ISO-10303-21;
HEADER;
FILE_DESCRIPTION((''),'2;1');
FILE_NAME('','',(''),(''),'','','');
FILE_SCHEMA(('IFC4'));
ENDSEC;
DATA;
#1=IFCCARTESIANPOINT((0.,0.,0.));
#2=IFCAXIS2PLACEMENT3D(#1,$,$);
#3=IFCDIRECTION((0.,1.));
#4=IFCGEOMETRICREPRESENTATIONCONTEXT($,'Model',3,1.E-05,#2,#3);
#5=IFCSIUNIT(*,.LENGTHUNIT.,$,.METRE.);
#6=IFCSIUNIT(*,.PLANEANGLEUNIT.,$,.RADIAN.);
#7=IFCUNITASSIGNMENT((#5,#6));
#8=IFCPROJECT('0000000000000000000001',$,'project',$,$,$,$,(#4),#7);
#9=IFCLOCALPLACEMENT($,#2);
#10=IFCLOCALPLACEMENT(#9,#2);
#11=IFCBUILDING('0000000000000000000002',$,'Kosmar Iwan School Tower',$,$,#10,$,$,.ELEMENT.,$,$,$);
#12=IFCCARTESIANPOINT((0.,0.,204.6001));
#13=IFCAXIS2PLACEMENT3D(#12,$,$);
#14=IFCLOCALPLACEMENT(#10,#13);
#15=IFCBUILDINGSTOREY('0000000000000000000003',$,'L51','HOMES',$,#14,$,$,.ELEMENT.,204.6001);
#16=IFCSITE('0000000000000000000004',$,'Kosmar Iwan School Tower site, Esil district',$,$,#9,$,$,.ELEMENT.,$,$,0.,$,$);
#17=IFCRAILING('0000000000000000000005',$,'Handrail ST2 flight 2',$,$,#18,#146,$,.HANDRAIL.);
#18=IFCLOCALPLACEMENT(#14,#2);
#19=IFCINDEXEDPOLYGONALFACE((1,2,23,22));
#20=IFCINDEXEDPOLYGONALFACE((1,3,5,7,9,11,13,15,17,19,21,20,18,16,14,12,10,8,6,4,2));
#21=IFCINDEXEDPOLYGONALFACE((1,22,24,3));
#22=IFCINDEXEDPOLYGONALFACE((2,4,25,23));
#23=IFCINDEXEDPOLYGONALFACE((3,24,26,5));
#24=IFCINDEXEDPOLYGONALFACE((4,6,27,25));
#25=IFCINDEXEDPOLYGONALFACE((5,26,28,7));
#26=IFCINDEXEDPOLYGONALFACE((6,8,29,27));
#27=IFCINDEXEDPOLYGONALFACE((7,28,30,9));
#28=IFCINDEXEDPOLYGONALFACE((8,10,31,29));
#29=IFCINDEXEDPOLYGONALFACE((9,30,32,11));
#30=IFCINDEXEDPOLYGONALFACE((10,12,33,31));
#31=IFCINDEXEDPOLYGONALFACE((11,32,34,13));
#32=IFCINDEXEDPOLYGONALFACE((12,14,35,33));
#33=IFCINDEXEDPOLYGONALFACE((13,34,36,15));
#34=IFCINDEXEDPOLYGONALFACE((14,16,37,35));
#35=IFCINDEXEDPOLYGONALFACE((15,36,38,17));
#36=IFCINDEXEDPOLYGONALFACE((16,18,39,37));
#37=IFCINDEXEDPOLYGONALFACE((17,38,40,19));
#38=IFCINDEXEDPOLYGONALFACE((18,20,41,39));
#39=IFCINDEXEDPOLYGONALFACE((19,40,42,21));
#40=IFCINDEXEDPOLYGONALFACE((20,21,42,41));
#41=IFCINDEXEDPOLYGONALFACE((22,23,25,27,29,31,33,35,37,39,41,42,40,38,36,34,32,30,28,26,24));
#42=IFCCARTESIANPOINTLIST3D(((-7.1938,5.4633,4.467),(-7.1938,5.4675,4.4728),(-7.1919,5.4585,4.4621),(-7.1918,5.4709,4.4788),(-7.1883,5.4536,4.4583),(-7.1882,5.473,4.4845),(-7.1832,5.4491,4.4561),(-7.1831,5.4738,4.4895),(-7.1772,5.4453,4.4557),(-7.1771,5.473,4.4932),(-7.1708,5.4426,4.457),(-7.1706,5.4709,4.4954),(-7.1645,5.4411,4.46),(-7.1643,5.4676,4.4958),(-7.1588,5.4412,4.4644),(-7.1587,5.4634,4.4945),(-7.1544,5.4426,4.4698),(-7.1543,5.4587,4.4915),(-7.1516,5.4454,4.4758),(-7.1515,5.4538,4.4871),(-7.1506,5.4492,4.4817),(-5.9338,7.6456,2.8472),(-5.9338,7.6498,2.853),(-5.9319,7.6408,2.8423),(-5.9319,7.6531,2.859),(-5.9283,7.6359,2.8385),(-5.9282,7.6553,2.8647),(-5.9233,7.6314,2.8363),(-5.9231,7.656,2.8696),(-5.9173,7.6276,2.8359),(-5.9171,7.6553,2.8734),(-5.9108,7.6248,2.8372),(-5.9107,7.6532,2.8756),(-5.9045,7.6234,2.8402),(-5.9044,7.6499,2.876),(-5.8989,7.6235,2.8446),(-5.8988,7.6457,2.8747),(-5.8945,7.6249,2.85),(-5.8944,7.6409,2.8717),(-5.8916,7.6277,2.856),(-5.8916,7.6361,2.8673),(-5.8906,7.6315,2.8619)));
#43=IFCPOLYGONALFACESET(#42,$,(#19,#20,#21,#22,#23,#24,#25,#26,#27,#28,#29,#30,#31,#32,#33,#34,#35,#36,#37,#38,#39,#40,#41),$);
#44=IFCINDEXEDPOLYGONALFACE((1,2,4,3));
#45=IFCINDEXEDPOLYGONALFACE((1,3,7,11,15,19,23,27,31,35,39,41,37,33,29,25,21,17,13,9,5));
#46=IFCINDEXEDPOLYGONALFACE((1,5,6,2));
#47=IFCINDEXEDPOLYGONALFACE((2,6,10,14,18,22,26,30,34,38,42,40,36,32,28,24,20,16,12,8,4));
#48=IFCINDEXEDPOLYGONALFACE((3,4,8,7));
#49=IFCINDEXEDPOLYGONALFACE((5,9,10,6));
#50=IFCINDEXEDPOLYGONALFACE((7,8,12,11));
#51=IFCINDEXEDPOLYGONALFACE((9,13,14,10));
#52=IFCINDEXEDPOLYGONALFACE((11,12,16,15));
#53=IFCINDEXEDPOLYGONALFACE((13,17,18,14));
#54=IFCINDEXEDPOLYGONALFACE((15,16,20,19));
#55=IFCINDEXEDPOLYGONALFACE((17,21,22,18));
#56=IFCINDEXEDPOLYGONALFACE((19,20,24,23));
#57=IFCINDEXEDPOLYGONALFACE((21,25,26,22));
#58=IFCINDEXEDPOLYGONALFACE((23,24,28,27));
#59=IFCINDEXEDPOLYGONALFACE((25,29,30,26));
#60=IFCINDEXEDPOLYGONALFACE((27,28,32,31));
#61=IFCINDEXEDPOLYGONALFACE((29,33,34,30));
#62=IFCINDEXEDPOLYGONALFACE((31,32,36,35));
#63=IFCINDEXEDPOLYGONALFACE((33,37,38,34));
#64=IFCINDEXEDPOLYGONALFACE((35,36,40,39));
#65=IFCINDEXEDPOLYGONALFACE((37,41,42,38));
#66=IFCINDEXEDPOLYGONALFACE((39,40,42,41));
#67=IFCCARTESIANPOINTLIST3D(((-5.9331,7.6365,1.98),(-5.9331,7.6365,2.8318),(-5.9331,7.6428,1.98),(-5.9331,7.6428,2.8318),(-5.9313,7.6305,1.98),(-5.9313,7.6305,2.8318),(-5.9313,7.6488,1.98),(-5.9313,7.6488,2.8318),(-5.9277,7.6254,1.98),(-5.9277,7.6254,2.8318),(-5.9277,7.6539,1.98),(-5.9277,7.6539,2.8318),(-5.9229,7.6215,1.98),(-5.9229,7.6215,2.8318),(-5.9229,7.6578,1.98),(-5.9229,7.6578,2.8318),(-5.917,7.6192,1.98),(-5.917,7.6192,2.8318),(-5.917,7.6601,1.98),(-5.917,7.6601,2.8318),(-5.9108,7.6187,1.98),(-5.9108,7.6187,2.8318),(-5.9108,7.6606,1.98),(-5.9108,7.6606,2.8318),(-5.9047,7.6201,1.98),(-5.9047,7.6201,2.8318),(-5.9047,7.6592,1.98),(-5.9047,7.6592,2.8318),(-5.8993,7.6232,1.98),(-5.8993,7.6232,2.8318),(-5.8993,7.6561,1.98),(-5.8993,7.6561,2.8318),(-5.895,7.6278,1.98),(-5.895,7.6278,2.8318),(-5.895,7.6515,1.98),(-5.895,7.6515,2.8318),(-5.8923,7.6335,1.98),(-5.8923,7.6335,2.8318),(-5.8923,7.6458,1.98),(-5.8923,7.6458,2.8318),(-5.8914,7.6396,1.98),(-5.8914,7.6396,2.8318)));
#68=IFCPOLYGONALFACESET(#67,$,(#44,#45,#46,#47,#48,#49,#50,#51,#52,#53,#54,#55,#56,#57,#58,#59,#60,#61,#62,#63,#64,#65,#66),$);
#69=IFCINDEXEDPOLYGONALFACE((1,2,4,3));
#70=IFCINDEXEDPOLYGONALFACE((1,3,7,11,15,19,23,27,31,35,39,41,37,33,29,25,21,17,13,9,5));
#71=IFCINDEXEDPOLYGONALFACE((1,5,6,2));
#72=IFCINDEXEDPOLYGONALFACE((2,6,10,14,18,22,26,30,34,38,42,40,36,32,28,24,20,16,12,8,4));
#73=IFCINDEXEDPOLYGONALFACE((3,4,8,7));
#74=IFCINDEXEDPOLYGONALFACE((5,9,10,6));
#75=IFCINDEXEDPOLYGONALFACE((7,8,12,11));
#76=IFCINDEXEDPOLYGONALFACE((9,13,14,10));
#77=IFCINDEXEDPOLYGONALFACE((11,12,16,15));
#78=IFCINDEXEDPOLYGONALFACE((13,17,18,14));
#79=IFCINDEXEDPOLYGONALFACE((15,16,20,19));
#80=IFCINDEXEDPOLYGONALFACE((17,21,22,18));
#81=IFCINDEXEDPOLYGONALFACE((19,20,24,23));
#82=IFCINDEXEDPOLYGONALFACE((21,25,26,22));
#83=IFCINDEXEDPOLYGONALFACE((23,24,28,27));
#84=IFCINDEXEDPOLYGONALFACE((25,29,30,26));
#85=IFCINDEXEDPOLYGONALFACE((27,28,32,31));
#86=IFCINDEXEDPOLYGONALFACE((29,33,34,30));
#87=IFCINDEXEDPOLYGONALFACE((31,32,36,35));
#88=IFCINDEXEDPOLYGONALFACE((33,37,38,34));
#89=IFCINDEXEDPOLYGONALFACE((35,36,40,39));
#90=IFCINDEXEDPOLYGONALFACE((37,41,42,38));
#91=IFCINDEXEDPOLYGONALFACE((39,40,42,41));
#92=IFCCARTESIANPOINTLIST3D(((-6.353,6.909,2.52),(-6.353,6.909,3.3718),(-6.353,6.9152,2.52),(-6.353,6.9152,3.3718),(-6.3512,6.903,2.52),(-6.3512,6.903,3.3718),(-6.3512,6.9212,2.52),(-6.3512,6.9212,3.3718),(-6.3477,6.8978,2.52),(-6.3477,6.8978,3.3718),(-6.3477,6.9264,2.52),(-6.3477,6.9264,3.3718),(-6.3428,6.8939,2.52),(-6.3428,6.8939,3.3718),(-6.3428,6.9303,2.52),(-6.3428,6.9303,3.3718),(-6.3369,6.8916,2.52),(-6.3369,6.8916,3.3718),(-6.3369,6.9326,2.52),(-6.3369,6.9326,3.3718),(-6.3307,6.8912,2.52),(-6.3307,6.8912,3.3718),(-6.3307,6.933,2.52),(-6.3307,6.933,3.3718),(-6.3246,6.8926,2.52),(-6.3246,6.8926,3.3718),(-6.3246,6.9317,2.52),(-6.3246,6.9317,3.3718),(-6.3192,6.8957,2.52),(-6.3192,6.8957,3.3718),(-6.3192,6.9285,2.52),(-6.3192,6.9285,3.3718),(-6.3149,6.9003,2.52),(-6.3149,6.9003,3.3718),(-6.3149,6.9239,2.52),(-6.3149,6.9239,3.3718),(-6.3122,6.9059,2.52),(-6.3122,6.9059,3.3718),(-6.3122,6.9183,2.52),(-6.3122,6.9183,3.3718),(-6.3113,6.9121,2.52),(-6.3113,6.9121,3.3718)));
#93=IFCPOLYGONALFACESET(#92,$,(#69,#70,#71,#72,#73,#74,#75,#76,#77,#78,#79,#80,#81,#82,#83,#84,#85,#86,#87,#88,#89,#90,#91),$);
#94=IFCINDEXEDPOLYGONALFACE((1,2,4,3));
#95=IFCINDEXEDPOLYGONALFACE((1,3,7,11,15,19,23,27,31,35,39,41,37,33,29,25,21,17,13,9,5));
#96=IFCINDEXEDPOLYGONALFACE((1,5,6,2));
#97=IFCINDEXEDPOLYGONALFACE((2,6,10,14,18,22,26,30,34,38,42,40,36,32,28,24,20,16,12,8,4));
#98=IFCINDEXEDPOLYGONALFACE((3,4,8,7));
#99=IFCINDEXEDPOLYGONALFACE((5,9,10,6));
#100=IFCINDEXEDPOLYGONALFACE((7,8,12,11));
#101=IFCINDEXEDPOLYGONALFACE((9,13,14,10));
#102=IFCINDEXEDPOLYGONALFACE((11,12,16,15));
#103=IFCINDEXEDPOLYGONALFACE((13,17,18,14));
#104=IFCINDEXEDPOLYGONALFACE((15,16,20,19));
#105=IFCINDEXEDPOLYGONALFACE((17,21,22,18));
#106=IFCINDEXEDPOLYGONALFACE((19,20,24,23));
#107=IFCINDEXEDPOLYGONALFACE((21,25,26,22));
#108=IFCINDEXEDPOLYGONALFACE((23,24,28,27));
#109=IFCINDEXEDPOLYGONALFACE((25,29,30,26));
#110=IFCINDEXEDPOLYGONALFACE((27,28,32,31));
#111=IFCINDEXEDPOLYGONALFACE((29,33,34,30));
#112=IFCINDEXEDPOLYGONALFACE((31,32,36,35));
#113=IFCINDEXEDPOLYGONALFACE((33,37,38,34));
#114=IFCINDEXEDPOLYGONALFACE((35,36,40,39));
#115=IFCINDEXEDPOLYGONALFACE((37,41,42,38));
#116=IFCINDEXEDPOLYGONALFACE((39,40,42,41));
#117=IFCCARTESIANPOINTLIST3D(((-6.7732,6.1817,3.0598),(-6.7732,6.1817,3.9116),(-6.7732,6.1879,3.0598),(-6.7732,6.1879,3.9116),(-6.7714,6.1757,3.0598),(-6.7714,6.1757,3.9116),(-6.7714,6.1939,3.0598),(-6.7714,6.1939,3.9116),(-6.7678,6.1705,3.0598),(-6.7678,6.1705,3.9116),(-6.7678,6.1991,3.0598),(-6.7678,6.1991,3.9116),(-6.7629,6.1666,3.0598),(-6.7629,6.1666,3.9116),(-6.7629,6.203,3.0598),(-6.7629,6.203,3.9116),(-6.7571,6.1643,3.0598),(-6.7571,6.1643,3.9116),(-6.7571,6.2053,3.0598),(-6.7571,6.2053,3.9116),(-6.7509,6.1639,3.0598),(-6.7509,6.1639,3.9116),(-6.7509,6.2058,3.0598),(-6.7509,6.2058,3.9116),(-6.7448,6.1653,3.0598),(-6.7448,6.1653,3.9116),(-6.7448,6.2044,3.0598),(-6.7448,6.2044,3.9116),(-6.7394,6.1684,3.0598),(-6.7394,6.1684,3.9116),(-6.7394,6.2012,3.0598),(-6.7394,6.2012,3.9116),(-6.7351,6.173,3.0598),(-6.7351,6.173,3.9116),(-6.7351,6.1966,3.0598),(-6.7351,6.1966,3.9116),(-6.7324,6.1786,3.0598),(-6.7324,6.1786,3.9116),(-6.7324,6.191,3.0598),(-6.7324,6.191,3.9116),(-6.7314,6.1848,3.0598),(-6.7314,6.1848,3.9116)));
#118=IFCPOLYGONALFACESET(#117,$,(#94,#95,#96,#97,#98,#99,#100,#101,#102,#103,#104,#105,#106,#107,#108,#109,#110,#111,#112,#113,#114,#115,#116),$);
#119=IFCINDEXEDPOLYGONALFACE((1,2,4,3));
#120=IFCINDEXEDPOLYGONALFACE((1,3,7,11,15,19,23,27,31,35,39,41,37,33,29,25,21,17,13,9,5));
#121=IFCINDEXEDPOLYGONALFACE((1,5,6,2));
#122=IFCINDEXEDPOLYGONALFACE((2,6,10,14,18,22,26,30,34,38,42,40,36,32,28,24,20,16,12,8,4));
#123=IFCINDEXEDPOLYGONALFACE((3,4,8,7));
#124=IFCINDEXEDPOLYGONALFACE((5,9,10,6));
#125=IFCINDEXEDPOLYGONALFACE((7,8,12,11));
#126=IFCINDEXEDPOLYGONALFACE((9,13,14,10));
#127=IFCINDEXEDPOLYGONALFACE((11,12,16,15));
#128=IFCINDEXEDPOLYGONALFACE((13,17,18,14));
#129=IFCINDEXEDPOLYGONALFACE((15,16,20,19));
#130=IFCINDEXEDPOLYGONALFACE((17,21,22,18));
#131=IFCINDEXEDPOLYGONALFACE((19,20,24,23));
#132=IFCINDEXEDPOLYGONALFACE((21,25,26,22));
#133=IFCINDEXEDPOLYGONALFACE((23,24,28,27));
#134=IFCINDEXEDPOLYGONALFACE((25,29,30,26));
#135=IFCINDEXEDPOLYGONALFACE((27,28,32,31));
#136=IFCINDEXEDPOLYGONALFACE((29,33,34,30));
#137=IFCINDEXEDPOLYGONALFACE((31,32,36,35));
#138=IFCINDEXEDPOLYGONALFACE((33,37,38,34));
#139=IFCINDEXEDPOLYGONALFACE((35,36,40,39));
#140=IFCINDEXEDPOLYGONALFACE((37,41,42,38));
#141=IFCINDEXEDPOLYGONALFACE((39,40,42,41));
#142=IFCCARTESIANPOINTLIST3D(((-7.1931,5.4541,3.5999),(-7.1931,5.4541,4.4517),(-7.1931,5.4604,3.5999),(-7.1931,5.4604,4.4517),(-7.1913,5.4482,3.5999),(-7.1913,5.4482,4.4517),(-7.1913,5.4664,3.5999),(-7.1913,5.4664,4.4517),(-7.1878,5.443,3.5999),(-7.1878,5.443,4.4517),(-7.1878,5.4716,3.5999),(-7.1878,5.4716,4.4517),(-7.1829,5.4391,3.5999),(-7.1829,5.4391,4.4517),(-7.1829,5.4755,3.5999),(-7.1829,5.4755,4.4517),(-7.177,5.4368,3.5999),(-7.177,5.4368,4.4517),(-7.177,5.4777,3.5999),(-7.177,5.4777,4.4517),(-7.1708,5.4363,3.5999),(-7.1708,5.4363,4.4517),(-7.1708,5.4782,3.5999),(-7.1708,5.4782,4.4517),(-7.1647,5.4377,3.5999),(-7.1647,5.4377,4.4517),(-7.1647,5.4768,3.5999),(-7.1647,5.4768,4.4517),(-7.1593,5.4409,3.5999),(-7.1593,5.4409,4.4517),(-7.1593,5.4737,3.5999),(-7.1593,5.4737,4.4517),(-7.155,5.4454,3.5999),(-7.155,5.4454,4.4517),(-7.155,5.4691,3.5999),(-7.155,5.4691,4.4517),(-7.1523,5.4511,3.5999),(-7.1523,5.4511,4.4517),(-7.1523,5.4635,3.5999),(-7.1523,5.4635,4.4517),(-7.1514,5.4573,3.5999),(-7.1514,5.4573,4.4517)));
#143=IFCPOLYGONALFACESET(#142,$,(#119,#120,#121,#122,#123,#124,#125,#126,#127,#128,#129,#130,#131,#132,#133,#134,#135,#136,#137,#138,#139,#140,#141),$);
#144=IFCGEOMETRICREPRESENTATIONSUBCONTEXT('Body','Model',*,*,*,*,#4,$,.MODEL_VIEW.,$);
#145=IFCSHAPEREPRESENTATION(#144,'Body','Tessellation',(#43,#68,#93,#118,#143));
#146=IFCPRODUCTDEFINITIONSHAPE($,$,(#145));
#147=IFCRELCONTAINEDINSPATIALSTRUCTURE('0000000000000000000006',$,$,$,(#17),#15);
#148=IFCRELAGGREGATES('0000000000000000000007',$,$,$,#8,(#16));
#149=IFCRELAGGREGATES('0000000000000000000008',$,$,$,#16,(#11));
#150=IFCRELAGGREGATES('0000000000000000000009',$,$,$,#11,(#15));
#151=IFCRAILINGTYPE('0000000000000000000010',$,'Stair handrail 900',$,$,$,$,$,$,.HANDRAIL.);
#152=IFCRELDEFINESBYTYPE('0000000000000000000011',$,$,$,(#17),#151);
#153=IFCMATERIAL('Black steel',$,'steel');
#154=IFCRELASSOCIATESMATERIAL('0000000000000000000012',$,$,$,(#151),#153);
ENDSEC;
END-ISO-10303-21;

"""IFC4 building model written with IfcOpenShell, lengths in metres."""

from ifc_helpers import new_model, si_unit, direction, frame, origin, origin_2d, place, context, subcontext, project, spatial, circle, extrude, material, type_object, element, save


model = new_model("IFC4")

# Units and contexts
model_context = context("Model", 3, precision=1e-05, world=origin(), true_north=direction((0.0, 1.0)))
body_context = subcontext(model_context, "Body", "Model", "MODEL_VIEW")
ifc_project = project(units=[si_unit("LENGTHUNIT", "METRE"), si_unit("PLANEANGLEUNIT", "RADIAN")], contexts=[model_context])

# Site, building, storey
site_placement = place(None, origin())
site = spatial("IfcSite", under=ifc_project, at=site_placement, Name="Kosmar Iwan School Tower site, Esil district", CompositionType="ELEMENT", RefElevation=0.0)
building_placement = place(site_placement, origin())
building = spatial("IfcBuilding", under=site, at=building_placement, Name="Kosmar Iwan School Tower", CompositionType="ELEMENT")
storey_placement = place(building_placement, frame((0.0, 0.0, 204.6001)))
storey = spatial("IfcBuildingStorey", under=building, at=storey_placement, Name="L51", Description="HOMES", CompositionType="ELEMENT", Elevation=204.6001)

# Railing
ifc_material_1 = material(Name="Black steel", Category="steel")
railing_type = type_object("IfcRailingType", Name="Stair handrail 900", PredefinedType="HANDRAIL", material=ifc_material_1)
railing_1_placement = place(storey_placement, frame((-5.9124, 7.6396, 1.98)))
element("IfcRailing", 1, at=railing_1_placement, inside=storey, type_object=railing_type, Name="Handrail ST2 flight 2", PredefinedType="HANDRAIL", context=body_context, shape_type="SweptSolid", body=[
    extrude(circle(Radius=0.0239, at=origin_2d()), frame((0.0, 0.0, 0.876), z_axis=(-0.420603, -0.728496, 0.540728), x_axis=(0.866023, -0.500005, 0.0)), (0.0, 0.0, 1.0), 2.9956),
    extrude(circle(Radius=0.021, at=origin_2d()), origin(), (0.0, 0.0, 1.0), 0.8518),
    extrude(circle(Radius=0.021, at=origin_2d()), frame((-0.4199, -0.7275, 0.54)), (0.0, 0.0, 1.0), 0.8518),
    extrude(circle(Radius=0.021, at=origin_2d()), frame((-0.8401, -1.4548, 1.0798)), (0.0, 0.0, 1.0), 0.8518),
    extrude(circle(Radius=0.021, at=origin_2d()), frame((-1.26, -2.1824, 1.6199)), (0.0, 0.0, 1.0), 0.8518),
])

save(model, "model.ifc")
